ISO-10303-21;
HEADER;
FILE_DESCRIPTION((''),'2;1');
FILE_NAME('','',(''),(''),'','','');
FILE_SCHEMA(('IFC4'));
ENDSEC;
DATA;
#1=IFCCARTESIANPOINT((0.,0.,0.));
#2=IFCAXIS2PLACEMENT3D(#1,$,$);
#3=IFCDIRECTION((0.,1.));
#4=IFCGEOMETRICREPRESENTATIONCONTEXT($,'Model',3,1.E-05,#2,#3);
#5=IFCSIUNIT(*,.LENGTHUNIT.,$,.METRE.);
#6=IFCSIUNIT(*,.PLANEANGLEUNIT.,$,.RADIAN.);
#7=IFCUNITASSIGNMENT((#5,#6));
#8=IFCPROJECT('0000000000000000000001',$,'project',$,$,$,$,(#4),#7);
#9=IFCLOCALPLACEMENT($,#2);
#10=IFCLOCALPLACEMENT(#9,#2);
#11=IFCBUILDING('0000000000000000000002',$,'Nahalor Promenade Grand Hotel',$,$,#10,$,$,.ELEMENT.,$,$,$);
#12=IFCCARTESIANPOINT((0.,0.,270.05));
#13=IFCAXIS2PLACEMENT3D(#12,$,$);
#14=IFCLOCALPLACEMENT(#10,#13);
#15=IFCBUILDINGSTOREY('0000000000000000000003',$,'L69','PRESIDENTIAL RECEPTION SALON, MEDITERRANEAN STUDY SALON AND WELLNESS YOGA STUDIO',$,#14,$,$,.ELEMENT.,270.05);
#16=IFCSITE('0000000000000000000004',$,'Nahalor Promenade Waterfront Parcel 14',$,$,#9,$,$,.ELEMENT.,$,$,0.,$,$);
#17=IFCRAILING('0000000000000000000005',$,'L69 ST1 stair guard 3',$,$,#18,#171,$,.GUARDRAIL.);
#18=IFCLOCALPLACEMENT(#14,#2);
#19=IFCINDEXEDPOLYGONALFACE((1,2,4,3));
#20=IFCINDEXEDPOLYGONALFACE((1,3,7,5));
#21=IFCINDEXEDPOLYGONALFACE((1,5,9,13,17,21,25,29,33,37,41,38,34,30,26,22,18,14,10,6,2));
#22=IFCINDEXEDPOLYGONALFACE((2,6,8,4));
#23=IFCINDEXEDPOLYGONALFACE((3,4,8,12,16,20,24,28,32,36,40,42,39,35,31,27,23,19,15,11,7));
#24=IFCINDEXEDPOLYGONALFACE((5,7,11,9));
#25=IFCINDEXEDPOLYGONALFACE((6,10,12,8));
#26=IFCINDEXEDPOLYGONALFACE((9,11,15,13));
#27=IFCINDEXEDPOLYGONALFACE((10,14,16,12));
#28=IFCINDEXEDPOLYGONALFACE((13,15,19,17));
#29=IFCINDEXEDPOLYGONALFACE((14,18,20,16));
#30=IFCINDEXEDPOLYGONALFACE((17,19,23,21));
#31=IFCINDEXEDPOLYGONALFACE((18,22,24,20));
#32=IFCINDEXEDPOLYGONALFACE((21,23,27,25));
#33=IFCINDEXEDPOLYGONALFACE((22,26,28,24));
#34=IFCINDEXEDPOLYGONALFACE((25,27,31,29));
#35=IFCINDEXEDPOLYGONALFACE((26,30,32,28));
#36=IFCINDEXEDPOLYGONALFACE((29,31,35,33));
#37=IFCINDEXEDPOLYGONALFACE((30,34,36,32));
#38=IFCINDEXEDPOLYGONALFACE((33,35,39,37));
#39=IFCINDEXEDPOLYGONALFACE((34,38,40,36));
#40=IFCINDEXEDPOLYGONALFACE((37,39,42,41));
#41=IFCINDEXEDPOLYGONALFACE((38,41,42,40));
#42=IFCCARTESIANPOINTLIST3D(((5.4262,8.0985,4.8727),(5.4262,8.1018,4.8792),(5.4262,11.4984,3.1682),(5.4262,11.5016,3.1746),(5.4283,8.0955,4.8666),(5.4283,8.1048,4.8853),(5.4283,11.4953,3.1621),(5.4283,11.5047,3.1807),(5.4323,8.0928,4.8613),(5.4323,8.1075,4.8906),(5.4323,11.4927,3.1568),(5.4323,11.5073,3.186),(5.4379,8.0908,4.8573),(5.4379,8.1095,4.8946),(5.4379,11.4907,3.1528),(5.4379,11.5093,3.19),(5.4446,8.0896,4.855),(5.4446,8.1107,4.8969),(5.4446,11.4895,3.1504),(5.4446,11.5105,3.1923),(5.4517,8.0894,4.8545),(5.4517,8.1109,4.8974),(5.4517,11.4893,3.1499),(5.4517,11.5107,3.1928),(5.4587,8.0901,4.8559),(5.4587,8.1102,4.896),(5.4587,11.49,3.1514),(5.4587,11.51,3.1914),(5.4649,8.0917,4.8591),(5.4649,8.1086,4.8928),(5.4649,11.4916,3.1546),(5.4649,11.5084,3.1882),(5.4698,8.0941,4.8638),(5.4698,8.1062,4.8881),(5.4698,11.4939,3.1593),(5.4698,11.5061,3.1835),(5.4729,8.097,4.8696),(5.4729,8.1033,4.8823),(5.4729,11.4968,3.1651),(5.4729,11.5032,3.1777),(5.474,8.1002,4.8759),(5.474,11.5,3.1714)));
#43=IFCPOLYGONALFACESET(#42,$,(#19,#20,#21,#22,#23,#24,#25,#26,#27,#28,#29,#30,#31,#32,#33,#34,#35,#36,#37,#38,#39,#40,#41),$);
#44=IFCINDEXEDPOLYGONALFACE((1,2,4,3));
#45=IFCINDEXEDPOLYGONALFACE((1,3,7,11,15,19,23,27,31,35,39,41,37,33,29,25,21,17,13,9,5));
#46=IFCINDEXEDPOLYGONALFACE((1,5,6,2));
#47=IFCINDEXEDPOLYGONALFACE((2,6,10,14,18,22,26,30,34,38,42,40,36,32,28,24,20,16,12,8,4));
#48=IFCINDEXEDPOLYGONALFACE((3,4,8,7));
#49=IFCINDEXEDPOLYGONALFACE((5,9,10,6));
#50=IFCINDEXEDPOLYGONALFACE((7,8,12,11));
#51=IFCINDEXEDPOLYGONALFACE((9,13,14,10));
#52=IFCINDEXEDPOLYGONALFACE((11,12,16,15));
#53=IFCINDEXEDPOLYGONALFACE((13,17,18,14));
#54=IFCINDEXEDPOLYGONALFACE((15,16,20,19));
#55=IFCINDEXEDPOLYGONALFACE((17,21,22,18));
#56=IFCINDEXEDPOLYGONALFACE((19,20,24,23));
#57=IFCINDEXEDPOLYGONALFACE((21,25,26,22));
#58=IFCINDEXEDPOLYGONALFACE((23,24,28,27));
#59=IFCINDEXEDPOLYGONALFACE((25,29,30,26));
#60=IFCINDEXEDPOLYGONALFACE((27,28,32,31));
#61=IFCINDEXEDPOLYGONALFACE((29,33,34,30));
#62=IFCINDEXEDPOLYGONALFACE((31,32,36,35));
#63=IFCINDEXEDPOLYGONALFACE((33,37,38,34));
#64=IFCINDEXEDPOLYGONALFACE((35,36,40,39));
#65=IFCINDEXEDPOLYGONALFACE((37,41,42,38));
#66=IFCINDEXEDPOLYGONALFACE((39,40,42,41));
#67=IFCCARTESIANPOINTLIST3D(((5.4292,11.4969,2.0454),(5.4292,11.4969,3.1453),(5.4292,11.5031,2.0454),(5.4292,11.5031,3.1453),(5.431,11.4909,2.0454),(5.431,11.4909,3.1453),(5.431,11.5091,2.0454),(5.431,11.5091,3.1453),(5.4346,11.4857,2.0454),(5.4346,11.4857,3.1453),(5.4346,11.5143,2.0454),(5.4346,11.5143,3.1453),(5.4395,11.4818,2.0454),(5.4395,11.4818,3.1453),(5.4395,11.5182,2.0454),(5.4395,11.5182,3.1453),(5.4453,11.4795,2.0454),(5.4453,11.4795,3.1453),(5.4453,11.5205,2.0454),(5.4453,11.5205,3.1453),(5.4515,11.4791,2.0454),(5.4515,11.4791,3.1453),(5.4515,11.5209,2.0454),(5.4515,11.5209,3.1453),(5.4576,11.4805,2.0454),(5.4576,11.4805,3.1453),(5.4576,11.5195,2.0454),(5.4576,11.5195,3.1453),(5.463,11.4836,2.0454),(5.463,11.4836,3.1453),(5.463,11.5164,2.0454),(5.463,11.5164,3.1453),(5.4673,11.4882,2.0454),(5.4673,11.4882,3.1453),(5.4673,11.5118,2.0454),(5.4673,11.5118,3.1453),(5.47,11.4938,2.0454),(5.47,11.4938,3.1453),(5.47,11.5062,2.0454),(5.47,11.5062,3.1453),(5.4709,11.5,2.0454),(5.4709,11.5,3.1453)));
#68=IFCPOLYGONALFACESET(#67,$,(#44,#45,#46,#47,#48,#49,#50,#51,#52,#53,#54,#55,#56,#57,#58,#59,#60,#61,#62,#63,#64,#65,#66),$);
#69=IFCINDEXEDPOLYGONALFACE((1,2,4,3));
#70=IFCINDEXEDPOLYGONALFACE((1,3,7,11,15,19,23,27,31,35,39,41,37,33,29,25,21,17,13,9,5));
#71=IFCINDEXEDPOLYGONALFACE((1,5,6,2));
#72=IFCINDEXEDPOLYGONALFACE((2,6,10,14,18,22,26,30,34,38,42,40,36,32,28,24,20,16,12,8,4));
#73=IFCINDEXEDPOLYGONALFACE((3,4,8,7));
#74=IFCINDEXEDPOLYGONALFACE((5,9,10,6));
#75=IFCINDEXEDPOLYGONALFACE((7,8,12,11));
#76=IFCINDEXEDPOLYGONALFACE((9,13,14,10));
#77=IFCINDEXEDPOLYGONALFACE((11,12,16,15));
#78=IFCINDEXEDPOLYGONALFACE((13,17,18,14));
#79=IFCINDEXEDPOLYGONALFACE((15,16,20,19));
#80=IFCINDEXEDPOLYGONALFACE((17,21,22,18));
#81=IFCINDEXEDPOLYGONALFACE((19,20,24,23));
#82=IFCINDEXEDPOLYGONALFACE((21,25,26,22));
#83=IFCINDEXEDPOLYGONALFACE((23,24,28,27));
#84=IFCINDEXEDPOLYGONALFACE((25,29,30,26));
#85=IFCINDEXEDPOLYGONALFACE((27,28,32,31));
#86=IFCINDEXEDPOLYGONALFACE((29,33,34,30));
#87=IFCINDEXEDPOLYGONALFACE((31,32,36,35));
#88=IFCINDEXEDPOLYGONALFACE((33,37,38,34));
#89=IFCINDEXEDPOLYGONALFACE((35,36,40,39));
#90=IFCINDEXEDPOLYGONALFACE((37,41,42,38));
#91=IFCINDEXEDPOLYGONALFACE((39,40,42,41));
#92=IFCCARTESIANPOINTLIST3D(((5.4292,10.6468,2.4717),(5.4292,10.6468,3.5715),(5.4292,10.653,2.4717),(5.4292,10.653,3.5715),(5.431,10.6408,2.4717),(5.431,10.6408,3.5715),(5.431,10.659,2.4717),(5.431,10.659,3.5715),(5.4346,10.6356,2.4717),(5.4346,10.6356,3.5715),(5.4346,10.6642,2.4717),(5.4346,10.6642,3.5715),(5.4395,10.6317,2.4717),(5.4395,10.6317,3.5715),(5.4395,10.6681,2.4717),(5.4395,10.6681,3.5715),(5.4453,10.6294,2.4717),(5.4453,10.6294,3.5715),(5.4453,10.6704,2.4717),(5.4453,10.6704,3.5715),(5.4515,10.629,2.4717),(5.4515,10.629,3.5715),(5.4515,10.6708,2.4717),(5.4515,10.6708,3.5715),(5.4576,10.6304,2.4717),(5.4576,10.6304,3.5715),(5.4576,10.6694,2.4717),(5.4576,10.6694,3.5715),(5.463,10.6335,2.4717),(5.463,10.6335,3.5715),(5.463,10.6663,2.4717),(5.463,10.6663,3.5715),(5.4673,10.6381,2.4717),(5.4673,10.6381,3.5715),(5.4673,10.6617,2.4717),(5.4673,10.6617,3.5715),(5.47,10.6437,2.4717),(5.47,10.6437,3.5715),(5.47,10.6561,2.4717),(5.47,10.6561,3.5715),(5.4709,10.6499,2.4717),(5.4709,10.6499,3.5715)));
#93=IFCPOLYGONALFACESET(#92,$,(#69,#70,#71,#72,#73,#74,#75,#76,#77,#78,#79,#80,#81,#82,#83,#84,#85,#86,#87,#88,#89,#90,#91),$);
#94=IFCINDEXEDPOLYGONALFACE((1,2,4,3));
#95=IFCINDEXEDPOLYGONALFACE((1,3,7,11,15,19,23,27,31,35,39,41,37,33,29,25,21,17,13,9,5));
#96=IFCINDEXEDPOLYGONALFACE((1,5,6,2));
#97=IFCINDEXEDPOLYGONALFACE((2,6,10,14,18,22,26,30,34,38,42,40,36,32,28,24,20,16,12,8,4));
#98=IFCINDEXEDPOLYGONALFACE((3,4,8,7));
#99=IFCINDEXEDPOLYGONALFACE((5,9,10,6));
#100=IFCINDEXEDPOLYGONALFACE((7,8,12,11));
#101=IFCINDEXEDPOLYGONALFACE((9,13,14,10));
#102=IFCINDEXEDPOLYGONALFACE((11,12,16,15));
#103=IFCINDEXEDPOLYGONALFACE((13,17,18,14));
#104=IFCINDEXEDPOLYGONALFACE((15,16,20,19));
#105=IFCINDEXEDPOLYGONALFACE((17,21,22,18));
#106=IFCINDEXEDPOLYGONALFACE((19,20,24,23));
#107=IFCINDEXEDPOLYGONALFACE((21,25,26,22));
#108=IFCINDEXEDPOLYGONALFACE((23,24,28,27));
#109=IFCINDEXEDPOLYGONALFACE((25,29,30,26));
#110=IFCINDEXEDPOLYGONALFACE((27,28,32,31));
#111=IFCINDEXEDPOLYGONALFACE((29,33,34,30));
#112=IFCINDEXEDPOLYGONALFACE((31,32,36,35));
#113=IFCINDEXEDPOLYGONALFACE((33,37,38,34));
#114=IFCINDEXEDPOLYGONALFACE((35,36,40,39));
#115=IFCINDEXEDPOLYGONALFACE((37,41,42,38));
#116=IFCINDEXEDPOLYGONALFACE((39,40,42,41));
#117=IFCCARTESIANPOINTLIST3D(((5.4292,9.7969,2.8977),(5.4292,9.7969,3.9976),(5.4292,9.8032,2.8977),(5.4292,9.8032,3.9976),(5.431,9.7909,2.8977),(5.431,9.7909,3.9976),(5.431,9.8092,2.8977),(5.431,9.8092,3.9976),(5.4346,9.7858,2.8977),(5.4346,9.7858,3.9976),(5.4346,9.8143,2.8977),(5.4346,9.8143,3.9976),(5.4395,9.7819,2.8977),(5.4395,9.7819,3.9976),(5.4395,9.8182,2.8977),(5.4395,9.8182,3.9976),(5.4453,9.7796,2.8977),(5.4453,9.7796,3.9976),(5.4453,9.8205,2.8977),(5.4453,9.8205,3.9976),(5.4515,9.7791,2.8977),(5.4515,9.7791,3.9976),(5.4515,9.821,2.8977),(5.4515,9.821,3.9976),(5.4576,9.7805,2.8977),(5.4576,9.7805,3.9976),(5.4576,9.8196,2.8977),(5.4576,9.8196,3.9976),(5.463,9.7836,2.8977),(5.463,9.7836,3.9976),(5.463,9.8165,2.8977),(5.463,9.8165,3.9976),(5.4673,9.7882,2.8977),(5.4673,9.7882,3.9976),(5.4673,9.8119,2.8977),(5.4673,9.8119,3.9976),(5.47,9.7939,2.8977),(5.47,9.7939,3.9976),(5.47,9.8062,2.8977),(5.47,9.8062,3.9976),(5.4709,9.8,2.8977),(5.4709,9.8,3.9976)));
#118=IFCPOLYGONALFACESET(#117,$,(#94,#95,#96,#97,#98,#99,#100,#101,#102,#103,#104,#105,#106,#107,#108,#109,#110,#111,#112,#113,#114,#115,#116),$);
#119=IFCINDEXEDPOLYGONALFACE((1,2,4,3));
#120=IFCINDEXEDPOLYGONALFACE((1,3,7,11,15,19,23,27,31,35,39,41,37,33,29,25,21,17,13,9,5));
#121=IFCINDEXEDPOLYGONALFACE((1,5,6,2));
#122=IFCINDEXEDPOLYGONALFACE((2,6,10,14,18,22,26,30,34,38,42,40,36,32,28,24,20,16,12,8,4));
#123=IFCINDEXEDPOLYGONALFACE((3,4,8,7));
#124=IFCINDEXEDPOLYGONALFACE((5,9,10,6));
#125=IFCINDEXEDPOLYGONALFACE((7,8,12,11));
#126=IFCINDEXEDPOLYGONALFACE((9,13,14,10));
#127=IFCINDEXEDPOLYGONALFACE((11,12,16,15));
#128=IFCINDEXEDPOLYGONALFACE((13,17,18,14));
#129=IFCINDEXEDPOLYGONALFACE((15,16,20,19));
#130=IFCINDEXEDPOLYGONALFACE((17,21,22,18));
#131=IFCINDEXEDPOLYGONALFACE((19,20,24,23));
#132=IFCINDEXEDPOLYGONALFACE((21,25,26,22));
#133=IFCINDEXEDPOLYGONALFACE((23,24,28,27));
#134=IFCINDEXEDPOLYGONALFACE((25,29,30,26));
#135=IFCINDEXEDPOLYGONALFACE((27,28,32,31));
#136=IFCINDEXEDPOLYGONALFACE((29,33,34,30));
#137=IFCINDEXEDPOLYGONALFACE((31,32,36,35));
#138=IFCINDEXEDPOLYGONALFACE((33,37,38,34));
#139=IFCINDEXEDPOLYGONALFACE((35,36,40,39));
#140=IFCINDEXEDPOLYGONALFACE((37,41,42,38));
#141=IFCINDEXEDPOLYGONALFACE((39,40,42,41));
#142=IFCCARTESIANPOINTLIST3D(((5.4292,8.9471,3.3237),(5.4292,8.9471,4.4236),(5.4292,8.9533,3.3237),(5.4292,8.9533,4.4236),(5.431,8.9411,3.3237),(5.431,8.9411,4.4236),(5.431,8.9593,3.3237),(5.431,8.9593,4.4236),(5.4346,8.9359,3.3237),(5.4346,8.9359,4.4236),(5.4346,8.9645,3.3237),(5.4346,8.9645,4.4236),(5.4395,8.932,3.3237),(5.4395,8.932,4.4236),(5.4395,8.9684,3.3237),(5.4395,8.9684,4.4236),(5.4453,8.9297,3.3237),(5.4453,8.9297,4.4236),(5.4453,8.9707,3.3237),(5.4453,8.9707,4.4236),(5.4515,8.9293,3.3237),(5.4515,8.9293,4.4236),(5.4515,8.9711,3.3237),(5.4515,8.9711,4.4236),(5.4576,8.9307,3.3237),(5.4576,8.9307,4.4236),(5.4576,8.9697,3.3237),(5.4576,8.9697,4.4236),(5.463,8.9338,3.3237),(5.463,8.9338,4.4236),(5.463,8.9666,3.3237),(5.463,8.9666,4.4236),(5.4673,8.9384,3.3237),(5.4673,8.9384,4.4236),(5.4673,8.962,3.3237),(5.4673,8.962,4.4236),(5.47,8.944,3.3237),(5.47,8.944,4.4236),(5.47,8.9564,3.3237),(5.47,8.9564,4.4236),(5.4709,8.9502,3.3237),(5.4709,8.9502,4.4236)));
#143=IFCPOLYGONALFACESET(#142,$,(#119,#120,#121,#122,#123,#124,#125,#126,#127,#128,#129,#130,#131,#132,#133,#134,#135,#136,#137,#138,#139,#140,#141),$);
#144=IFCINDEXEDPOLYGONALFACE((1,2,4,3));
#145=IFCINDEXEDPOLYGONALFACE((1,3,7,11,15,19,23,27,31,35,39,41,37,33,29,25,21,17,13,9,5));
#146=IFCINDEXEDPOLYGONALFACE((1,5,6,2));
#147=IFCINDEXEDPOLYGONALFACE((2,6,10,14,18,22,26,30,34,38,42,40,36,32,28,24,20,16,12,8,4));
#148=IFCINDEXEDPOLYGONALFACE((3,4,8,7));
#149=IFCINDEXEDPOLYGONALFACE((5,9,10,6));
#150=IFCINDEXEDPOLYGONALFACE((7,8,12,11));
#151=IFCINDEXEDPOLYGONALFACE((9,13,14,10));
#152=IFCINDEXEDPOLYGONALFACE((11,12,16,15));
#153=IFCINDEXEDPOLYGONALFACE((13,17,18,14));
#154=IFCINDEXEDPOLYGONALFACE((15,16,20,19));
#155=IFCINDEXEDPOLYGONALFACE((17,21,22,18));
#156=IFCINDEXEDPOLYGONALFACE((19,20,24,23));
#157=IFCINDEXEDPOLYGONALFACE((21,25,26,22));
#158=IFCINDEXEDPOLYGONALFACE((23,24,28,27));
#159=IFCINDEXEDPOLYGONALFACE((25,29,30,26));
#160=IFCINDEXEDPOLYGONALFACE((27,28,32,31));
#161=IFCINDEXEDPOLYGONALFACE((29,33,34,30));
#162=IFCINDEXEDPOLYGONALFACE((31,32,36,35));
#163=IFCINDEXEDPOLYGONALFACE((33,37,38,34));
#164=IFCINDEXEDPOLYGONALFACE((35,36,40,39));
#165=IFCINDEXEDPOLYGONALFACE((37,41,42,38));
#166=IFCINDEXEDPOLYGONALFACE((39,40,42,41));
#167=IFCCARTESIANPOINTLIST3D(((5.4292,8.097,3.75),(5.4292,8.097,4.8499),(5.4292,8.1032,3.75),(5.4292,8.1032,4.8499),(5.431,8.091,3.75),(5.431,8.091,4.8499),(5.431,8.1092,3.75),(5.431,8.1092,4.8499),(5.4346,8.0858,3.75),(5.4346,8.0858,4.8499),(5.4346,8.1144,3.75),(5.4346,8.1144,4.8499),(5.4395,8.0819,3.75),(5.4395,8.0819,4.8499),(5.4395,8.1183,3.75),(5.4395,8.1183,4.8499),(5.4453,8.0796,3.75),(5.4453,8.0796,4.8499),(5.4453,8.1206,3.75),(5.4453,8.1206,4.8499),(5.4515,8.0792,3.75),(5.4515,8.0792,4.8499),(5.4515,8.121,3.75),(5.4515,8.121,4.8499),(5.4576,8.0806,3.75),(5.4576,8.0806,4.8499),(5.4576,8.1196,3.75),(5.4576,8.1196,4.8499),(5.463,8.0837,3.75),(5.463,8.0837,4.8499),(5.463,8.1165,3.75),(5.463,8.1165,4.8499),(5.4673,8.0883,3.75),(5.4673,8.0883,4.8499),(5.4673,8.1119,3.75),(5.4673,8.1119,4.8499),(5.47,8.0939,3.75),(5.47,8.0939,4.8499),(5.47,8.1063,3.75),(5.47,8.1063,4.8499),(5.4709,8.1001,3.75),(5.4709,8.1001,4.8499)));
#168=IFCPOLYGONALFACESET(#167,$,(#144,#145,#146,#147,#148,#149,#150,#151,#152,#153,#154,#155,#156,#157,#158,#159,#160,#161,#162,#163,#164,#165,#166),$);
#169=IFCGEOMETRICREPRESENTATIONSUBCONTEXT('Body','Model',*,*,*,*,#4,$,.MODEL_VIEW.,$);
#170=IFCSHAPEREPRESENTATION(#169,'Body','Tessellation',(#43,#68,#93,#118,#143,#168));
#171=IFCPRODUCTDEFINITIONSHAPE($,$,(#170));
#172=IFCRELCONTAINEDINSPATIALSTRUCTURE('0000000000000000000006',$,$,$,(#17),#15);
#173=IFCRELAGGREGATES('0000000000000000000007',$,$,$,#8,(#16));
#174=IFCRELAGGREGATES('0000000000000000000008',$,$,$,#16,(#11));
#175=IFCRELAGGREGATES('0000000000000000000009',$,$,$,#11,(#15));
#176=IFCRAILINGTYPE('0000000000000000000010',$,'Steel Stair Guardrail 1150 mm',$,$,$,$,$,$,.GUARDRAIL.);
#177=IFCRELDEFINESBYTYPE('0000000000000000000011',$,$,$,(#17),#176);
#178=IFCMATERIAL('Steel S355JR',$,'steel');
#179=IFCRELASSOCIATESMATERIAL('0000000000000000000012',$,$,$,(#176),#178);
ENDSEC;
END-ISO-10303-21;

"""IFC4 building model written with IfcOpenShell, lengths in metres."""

from ifc_helpers import new_model, si_unit, direction, frame, origin, origin_2d, place, context, subcontext, project, spatial, circle, extrude, material, type_object, element, save


model = new_model("IFC4")

# Units and contexts
model_context = context("Model", 3, precision=1e-05, world=origin(), true_north=direction((0.0, 1.0)))
body_context = subcontext(model_context, "Body", "Model", "MODEL_VIEW")
ifc_project = project(units=[si_unit("LENGTHUNIT", "METRE"), si_unit("PLANEANGLEUNIT", "RADIAN")], contexts=[model_context])

# Site, building, storey
site_placement = place(None, origin())
site = spatial("IfcSite", under=ifc_project, at=site_placement, Name="Nahalor Promenade Waterfront Parcel 14", CompositionType="ELEMENT", RefElevation=0.0)
building_placement = place(site_placement, origin())
building = spatial("IfcBuilding", under=site, at=building_placement, Name="Nahalor Promenade Grand Hotel", CompositionType="ELEMENT")
storey_placement = place(building_placement, frame((0.0, 0.0, 270.05)))
storey = spatial("IfcBuildingStorey", under=building, at=storey_placement, Name="L69", Description="PRESIDENTIAL RECEPTION SALON, MEDITERRANEAN STUDY SALON AND WELLNESS YOGA STUDIO", CompositionType="ELEMENT", Elevation=270.05)

# Shared definitions
ifc_material_1 = material(Name="Steel S355JR", Category="steel")

# Railing
railing_type_1 = type_object("IfcRailingType", Name="Steel Stair Guardrail 1150 mm", PredefinedType="GUARDRAIL", material=ifc_material_1)
railing_1_placement = place(storey_placement, frame((5.45, 11.5, 2.0454)))
element("IfcRailing", 1, at=railing_1_placement, inside=storey, type_object=railing_type_1, Name="L69 ST1 stair guard 3", PredefinedType="GUARDRAIL", context=body_context, shape_type="SweptSolid", body=[
    extrude(circle(Radius=0.024, at=origin_2d()), frame((0.0, 0.0, 1.126), z_axis=(0.0, -0.893939, 0.448189), x_axis=(1.0, 0.0, 0.0)), (0.0, 0.0, 1.0), 3.8032),
    extrude(circle(Radius=0.021, at=origin_2d()), origin(), (0.0, 0.0, 1.0), 1.0999),
    extrude(circle(Radius=0.021, at=origin_2d()), frame((0.0, -0.8501, 0.4263)), (0.0, 0.0, 1.0), 1.0999),
    extrude(circle(Radius=0.021, at=origin_2d()), frame((0.0, -1.7, 0.8523)), (0.0, 0.0, 1.0), 1.0999),
    extrude(circle(Radius=0.021, at=origin_2d()), frame((0.0, -2.5498, 1.2783)), (0.0, 0.0, 1.0), 1.0999),
    extrude(circle(Radius=0.021, at=origin_2d()), frame((0.0, -3.3999, 1.7046)), (0.0, 0.0, 1.0), 1.0999),
])

save(model, "model.ifc")
